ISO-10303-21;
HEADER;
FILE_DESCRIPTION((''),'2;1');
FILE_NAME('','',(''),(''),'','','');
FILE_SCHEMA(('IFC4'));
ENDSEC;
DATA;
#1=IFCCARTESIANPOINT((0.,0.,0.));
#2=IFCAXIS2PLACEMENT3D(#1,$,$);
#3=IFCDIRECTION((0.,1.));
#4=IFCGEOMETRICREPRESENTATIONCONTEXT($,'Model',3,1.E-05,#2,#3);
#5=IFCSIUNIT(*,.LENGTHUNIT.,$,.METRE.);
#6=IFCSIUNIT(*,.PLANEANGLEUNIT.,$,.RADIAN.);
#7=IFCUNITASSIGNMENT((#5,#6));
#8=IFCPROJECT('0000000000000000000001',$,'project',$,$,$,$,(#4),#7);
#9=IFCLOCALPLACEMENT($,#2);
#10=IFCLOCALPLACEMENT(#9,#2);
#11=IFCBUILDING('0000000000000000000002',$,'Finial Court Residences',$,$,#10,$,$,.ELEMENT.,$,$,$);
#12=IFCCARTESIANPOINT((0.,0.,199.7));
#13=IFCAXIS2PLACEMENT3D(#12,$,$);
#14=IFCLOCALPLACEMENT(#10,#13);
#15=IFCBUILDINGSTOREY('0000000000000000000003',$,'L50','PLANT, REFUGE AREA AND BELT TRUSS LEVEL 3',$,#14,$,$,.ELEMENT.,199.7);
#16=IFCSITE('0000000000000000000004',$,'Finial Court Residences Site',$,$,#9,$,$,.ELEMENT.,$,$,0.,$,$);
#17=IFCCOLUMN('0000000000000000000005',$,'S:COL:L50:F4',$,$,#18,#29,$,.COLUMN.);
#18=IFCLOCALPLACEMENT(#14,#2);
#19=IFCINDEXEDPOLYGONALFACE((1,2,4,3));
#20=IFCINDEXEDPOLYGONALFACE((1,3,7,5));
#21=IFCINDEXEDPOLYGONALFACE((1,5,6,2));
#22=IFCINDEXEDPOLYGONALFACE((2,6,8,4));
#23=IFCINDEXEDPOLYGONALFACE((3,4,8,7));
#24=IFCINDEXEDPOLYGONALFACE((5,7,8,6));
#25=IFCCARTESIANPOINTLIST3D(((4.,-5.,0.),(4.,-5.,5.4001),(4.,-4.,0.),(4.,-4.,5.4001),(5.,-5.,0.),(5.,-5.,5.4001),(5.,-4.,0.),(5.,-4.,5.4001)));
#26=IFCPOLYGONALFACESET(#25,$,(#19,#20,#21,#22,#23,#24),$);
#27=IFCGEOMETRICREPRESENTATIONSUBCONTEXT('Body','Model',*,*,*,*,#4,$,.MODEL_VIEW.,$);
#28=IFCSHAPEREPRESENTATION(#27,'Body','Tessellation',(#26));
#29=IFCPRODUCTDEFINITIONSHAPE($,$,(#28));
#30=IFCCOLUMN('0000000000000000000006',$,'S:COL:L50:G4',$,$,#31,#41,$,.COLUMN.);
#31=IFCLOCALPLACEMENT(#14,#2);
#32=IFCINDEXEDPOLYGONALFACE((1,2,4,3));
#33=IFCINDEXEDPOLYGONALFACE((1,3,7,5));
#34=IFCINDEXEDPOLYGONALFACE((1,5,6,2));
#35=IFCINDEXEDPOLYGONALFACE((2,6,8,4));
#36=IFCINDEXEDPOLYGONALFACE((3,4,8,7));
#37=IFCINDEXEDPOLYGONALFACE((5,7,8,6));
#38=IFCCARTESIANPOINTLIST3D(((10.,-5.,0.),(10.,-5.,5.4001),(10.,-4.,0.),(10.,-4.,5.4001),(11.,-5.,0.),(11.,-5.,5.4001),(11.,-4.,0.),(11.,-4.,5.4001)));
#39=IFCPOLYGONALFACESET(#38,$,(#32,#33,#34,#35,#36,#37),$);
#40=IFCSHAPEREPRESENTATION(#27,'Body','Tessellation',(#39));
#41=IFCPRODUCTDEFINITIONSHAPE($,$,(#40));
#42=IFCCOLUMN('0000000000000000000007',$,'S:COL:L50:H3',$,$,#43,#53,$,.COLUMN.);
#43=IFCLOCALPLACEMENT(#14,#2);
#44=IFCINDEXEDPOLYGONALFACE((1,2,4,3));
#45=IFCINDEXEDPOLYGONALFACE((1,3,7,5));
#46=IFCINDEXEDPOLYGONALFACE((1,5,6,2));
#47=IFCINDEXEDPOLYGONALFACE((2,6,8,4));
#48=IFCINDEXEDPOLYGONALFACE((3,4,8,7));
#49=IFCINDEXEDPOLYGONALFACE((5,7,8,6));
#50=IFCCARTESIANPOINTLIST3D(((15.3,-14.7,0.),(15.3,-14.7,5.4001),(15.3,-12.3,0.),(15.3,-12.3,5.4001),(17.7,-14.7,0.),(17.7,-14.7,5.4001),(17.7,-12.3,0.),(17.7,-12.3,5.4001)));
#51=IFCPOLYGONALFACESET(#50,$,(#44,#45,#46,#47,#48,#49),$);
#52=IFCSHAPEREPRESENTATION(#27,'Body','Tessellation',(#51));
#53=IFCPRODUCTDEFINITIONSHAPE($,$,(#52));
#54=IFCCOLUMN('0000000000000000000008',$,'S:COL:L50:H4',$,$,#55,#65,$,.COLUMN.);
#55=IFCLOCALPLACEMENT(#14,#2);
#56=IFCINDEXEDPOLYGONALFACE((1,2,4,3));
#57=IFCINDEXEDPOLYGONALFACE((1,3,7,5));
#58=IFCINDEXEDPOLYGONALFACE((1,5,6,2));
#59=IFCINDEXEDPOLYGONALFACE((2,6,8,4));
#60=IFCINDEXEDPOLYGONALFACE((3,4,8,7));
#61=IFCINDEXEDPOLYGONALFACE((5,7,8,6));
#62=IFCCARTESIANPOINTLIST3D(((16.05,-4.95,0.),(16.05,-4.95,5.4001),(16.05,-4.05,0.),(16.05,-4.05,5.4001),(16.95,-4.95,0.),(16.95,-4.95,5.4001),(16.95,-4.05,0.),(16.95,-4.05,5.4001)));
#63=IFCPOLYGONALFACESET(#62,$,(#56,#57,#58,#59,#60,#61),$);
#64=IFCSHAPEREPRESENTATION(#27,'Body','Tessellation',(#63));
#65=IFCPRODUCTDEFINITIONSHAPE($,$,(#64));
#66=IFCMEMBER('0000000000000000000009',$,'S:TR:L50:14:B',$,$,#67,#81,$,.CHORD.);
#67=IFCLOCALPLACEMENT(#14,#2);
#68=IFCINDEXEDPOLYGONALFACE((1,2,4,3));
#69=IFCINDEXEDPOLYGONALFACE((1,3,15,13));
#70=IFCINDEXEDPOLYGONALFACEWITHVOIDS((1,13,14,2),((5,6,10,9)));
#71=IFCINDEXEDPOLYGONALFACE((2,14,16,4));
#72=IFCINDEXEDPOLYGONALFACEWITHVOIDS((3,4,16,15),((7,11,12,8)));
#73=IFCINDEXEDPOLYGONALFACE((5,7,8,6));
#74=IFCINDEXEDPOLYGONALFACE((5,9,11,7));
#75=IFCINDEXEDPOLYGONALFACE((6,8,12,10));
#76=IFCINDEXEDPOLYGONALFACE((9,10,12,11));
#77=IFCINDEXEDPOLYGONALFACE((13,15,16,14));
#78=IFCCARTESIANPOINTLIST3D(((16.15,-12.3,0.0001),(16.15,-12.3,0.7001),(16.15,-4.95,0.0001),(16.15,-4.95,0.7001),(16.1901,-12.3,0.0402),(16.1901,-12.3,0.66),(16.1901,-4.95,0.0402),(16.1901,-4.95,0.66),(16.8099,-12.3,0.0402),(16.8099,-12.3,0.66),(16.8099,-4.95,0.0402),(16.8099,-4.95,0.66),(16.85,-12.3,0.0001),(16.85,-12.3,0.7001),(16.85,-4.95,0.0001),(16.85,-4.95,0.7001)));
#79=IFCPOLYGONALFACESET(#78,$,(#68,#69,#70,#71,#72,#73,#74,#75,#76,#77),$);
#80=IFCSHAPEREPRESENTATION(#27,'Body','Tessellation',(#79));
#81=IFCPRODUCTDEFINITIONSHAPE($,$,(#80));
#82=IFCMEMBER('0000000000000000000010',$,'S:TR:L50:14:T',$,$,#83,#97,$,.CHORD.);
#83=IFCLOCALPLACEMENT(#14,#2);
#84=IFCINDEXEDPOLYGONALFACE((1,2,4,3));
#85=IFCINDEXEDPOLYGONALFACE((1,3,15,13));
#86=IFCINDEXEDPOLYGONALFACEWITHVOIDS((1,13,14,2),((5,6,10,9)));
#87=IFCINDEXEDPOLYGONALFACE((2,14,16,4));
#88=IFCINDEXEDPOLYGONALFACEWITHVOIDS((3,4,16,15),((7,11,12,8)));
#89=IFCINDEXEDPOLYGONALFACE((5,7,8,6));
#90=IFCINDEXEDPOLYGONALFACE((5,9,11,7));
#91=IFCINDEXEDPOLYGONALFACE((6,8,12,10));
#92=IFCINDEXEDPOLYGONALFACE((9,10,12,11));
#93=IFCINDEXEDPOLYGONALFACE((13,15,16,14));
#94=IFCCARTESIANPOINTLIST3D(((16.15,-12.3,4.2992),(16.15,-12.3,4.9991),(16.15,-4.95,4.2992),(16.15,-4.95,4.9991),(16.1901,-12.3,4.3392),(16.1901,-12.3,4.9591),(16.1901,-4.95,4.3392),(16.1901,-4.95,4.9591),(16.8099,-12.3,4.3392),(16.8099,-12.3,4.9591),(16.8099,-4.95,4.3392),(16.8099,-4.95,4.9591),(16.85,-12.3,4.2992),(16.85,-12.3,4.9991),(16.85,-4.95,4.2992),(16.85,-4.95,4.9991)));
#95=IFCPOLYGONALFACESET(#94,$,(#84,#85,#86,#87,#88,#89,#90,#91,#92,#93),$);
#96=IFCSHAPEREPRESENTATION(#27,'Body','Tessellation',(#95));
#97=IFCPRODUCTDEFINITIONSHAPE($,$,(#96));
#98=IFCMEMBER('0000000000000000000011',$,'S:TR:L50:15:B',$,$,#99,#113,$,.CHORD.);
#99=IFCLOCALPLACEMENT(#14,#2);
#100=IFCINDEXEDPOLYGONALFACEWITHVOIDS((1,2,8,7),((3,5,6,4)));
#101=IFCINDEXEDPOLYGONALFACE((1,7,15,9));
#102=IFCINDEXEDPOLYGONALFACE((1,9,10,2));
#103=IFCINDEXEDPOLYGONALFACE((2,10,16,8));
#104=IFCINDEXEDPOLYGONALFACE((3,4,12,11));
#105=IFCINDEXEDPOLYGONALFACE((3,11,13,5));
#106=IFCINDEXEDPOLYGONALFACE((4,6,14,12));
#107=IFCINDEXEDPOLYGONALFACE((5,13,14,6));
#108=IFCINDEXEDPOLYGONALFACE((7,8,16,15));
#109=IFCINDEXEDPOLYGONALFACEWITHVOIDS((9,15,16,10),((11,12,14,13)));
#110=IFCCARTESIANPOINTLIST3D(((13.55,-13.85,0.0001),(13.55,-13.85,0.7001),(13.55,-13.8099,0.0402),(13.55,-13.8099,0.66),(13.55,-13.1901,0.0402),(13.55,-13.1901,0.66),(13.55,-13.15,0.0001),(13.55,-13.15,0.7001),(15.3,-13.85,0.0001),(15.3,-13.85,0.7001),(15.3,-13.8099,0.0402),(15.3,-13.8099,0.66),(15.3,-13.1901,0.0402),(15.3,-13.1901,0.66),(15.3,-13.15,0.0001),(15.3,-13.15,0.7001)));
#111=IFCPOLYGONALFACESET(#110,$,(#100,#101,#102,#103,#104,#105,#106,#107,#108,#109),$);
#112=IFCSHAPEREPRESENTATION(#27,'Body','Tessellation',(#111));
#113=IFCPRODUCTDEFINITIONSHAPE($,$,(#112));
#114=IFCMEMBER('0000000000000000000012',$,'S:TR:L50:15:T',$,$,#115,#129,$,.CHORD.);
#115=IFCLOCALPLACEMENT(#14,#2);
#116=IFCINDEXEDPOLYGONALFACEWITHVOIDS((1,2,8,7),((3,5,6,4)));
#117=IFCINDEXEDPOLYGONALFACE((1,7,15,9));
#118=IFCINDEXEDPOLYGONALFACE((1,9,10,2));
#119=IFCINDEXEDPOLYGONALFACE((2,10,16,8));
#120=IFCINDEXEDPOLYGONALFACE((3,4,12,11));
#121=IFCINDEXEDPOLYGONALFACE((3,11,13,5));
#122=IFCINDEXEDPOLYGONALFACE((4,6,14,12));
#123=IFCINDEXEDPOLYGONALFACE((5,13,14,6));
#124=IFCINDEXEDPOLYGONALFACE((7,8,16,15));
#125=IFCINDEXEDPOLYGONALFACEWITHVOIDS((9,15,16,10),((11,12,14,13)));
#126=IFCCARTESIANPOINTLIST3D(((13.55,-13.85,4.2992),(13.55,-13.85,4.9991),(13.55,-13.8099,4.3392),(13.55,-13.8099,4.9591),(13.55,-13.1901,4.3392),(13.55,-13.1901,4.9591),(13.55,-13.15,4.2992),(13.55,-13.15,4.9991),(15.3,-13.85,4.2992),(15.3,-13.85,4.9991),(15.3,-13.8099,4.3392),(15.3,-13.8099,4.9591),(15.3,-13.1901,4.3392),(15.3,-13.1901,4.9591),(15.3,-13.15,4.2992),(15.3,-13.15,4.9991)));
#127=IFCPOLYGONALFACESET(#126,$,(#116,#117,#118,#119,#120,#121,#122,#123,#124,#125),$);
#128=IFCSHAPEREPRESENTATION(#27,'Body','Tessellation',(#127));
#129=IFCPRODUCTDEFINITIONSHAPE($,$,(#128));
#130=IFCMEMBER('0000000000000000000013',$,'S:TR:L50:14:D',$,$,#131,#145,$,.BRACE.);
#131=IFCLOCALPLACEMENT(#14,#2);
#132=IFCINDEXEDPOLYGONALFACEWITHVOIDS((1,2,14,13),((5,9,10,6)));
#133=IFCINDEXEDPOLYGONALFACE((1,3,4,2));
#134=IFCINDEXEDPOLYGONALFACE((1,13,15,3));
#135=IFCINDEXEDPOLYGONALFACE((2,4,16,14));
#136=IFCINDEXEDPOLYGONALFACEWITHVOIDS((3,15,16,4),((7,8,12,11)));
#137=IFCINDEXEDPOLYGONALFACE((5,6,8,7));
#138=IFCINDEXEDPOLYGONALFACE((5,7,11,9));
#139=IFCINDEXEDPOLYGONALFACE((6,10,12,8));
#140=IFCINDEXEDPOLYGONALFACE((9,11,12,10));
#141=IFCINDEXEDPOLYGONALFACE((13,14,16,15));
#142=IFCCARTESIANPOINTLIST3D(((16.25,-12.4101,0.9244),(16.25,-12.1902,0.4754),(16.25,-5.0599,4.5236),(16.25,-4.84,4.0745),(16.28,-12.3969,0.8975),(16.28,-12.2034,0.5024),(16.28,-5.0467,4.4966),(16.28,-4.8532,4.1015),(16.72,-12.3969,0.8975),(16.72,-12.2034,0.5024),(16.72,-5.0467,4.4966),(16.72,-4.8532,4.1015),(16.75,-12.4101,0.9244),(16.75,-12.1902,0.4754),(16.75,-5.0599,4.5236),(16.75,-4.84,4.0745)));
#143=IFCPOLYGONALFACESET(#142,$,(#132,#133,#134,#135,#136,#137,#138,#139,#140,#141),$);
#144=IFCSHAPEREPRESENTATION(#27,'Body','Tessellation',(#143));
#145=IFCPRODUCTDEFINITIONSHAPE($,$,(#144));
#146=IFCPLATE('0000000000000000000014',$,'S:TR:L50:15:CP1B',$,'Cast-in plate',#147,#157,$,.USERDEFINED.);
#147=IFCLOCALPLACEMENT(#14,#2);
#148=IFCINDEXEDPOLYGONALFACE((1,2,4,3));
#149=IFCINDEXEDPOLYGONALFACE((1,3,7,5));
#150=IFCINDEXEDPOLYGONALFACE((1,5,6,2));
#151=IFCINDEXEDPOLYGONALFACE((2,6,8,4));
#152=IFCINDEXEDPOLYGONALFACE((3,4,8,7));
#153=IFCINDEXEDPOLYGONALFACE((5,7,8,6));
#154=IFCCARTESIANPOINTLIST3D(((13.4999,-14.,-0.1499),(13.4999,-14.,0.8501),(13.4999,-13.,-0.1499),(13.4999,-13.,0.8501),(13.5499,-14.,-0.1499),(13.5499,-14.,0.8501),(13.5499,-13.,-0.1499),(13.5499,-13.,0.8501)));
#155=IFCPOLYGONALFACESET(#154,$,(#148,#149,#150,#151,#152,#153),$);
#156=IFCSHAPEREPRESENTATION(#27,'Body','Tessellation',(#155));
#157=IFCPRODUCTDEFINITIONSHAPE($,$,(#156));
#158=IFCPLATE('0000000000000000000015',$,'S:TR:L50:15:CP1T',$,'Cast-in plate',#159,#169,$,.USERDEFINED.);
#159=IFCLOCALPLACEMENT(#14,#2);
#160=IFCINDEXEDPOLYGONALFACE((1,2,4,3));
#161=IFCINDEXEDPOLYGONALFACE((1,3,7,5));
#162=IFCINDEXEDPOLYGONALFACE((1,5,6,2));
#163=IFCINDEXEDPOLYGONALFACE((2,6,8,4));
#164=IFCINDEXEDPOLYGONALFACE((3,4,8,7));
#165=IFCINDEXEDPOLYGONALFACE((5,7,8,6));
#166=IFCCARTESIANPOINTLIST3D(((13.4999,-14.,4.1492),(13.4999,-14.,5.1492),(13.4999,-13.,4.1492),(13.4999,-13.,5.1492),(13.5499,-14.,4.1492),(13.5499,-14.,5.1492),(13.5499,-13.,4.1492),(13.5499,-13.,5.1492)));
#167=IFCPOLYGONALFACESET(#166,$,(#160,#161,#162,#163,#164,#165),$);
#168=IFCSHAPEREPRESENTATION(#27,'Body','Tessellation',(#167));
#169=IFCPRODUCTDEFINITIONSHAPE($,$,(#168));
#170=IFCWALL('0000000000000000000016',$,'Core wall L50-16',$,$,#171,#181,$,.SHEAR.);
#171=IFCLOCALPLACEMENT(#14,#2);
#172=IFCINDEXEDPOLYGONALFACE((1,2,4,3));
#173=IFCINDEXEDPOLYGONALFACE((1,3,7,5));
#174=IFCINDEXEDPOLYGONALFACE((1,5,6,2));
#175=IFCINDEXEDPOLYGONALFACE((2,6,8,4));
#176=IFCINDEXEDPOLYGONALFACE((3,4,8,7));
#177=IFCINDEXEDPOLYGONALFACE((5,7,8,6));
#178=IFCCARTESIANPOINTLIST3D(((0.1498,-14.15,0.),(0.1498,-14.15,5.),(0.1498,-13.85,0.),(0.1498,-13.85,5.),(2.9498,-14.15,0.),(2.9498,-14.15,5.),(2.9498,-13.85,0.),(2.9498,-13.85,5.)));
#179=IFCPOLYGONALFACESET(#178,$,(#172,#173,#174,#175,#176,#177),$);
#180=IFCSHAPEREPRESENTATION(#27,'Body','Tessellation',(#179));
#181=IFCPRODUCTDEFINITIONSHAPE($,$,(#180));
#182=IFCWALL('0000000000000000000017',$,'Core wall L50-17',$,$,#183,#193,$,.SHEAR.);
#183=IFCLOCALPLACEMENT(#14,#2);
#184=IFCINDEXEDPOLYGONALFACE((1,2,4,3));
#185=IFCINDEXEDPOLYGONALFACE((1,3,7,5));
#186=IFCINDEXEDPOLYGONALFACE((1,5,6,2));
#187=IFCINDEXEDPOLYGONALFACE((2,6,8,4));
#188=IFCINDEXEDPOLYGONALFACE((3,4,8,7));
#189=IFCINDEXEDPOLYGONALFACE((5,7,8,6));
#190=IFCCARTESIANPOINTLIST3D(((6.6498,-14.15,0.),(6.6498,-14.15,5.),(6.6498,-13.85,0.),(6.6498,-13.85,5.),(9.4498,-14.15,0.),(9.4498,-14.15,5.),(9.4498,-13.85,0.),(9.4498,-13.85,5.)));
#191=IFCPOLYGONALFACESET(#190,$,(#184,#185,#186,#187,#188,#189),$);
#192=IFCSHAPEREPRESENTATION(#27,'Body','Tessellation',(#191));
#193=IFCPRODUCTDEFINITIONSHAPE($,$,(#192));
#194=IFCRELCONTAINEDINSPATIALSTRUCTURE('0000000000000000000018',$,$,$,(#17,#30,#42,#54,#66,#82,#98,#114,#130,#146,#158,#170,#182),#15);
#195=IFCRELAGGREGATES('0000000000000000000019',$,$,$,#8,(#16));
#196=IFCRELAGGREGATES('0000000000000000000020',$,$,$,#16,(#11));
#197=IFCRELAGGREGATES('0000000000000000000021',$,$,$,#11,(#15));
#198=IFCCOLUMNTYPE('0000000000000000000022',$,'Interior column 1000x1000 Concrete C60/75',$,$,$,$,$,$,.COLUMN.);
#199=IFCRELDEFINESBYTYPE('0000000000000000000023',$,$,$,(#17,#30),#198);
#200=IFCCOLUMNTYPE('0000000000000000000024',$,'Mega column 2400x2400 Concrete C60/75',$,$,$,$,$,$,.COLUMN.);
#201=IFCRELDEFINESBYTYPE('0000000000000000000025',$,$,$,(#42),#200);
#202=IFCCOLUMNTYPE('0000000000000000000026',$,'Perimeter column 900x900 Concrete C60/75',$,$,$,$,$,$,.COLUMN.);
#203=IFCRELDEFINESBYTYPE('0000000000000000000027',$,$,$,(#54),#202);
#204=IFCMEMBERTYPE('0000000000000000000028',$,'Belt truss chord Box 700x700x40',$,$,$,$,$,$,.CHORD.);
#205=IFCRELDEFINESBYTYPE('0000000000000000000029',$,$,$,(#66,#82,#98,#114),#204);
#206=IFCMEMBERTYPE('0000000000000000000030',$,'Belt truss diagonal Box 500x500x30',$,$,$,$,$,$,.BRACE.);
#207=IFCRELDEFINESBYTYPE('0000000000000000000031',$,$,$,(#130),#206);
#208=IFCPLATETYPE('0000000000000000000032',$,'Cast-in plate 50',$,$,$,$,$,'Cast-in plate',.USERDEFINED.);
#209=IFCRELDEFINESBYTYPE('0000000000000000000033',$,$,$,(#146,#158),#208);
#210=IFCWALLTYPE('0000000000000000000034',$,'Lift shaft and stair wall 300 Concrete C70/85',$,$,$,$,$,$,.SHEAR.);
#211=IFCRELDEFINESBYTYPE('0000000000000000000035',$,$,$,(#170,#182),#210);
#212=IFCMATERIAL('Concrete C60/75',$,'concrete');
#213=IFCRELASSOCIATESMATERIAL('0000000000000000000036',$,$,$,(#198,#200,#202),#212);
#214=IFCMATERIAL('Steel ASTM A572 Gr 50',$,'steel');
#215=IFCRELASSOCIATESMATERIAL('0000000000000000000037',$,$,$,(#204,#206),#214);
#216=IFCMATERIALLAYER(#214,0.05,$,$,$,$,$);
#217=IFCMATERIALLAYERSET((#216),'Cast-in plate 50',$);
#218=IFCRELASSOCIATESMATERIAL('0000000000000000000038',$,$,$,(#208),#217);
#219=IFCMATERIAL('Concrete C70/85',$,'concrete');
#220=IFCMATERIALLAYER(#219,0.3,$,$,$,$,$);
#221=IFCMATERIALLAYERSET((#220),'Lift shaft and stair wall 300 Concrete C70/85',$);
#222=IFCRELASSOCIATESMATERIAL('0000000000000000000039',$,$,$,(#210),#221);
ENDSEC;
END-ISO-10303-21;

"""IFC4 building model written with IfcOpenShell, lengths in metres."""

from ifc_helpers import new_model, si_unit, direction, frame, frame_2d, origin, origin_2d, place, context, subcontext, project, spatial, rectangle, hollow_rectangle, extrude, material, layer, layer_set, material_profile, profile_set, type_object, element, save


model = new_model("IFC4")

# Units and contexts
model_context = context("Model", 3, precision=1e-05, world=origin(), true_north=direction((0.0, 1.0)))
body_context = subcontext(model_context, "Body", "Model", "MODEL_VIEW")
ifc_project = project(units=[si_unit("LENGTHUNIT", "METRE"), si_unit("PLANEANGLEUNIT", "RADIAN")], contexts=[model_context])

# Site, building, storey
site_placement = place(None, origin())
site = spatial("IfcSite", under=ifc_project, at=site_placement, Name="Finial Court Residences Site", CompositionType="ELEMENT", RefElevation=0.0)
building_placement = place(site_placement, origin())
building = spatial("IfcBuilding", under=site, at=building_placement, Name="Finial Court Residences", CompositionType="ELEMENT")
storey_placement = place(building_placement, frame((0.0, 0.0, 199.7)))
storey = spatial("IfcBuildingStorey", under=building, at=storey_placement, Name="L50", Description="PLANT, REFUGE AREA AND BELT TRUSS LEVEL 3", CompositionType="ELEMENT", Elevation=199.7)

# Columns
ifc_material_1 = material(Name="Concrete C60/75", Category="concrete")
ifc_material_profile_1 = material_profile(ifc_material_1, rectangle(XDim=1.0, YDim=1.0, at=origin_2d()), Name="1000x1000")
ifc_profile_set_1 = profile_set([ifc_material_profile_1], Name="Concrete C60/75")
column_type_1 = type_object("IfcColumnType", Name="Interior column 1000x1000 Concrete C60/75", PredefinedType="COLUMN", material=ifc_profile_set_1)
for number, where, z_axis, x_axis, name in (
    (1, (4.5, -4.5, 0.0), (0.0, 0.0, 1.0), (1.0, 0.0, 0.0), "S:COL:L50:F4"),
    (2, (10.5, -4.5, 0.0), (0.0, 0.0, 1.0), (1.0, 0.0, 0.0), "S:COL:L50:G4"),
):
    element("IfcColumn", number, at=place(storey_placement, frame(where, z_axis=z_axis, x_axis=x_axis)), inside=storey, type_object=column_type_1, Name=name, PredefinedType="COLUMN", context=body_context, shape_type="SweptSolid", body=[
        extrude(rectangle(XDim=1.0, YDim=1.0, at=origin_2d()), origin(), (0.0, 0.0, 1.0), 5.4001),
    ])
ifc_material_profile_2 = material_profile(ifc_material_1, rectangle(XDim=2.3999, YDim=2.3999, at=origin_2d()), Name="2400x2400")
ifc_profile_set_2 = profile_set([ifc_material_profile_2], Name="Concrete C60/75")
column_type_2 = type_object("IfcColumnType", Name="Mega column 2400x2400 Concrete C60/75", PredefinedType="COLUMN", material=ifc_profile_set_2)
column_1_placement = place(storey_placement, frame((16.5, -13.5, 0.0), z_axis=(0.0, 0.0, 1.0), x_axis=(1.0, 0.0, 0.0)))
element("IfcColumn", 3, at=column_1_placement, inside=storey, type_object=column_type_2, Name="S:COL:L50:H3", PredefinedType="COLUMN", context=body_context, shape_type="SweptSolid", body=[
    extrude(rectangle(XDim=2.3999, YDim=2.3999, at=origin_2d()), origin(), (0.0, 0.0, 1.0), 5.4001),
])
ifc_material_profile_3 = material_profile(ifc_material_1, rectangle(XDim=0.8999, YDim=0.8999, at=origin_2d()), Name="900x900")
ifc_profile_set_3 = profile_set([ifc_material_profile_3], Name="Concrete C60/75")
column_type_3 = type_object("IfcColumnType", Name="Perimeter column 900x900 Concrete C60/75", PredefinedType="COLUMN", material=ifc_profile_set_3)
column_2_placement = place(storey_placement, frame((16.5, -4.5, 0.0), z_axis=(0.0, 0.0, 1.0), x_axis=(1.0, 0.0, 0.0)))
element("IfcColumn", 4, at=column_2_placement, inside=storey, type_object=column_type_3, Name="S:COL:L50:H4", PredefinedType="COLUMN", context=body_context, shape_type="SweptSolid", body=[
    extrude(rectangle(XDim=0.8999, YDim=0.8999, at=origin_2d()), origin(), (0.0, 0.0, 1.0), 5.4001),
])

# Members
ifc_material_2 = material(Name="Steel ASTM A572 Gr 50", Category="steel")
ifc_material_profile_4 = material_profile(ifc_material_2, hollow_rectangle(XDim=0.7, YDim=0.7, WallThickness=0.04, at=origin_2d()), Name="Box 700x700x40")
ifc_profile_set_4 = profile_set([ifc_material_profile_4], Name="Steel ASTM A572 Gr 50")
member_type_1 = type_object("IfcMemberType", Name="Belt truss chord Box 700x700x40", PredefinedType="CHORD", material=ifc_profile_set_4)
for number, where, z_axis, x_axis, name in (
    (5, (16.5, -4.95, 0.3501), (0.0, -1.0, 0.0), (1.0, 0.0, 0.0), "S:TR:L50:14:B"),
    (6, (16.5, -4.95, 4.6492), (0.0, -1.0, 0.0), (1.0, 0.0, 0.0), "S:TR:L50:14:T"),
):
    element("IfcMember", number, at=place(storey_placement, frame(where, z_axis=z_axis, x_axis=x_axis)), inside=storey, type_object=member_type_1, Name=name, PredefinedType="CHORD", context=body_context, shape_type="SweptSolid", body=[
        extrude(hollow_rectangle(XDim=0.7, YDim=0.7, WallThickness=0.04, at=origin_2d()), origin(), (0.0, 0.0, 1.0), 7.3501),
    ])
for number, where, z_axis, x_axis, name in (
    (7, (15.3, -13.5, 0.3501), (-1.0, 0.0, 0.0), (0.0, -1.0, 0.0), "S:TR:L50:15:B"),
    (8, (15.3, -13.5, 4.6492), (-1.0, 0.0, 0.0), (0.0, -1.0, 0.0), "S:TR:L50:15:T"),
):
    element("IfcMember", number, at=place(storey_placement, frame(where, z_axis=z_axis, x_axis=x_axis)), inside=storey, type_object=member_type_1, Name=name, PredefinedType="CHORD", context=body_context, shape_type="SweptSolid", body=[
        extrude(hollow_rectangle(XDim=0.7, YDim=0.7, WallThickness=0.04, at=origin_2d()), origin(), (0.0, 0.0, 1.0), 1.75),
    ])
ifc_material_profile_5 = material_profile(ifc_material_2, hollow_rectangle(XDim=0.5, YDim=0.5, WallThickness=0.03, at=origin_2d()), Name="Box 500x500x30")
ifc_profile_set_5 = profile_set([ifc_material_profile_5], Name="Steel ASTM A572 Gr 50")
member_type_2 = type_object("IfcMemberType", Name="Belt truss diagonal Box 500x500x30", PredefinedType="BRACE", material=ifc_profile_set_5)
member_placement = place(storey_placement, frame((16.5, -4.95, 4.2991), z_axis=(0.0, -0.898107, -0.439776), x_axis=(1.0, 0.0, 0.0)))
element("IfcMember", 9, at=member_placement, inside=storey, type_object=member_type_2, Name="S:TR:L50:14:D", PredefinedType="BRACE", context=body_context, shape_type="SweptSolid", body=[
    extrude(hollow_rectangle(XDim=0.5, YDim=0.5, WallThickness=0.03, at=origin_2d()), origin(), (0.0, 0.0, 1.0), 8.1841),
])

# Plates
ifc_layer_1 = layer(ifc_material_2, 0.05)
ifc_layer_set_1 = layer_set([ifc_layer_1], Name="Cast-in plate 50")
plate_type = type_object("IfcPlateType", Name="Cast-in plate 50", ElementType="Cast-in plate", PredefinedType="USERDEFINED", material=ifc_layer_set_1)
for number, where, z_axis, x_axis, name in (
    (10, (13.5249, -13.5, -0.1499), (0.0, 0.0, 1.0), (1.0, 0.0, 0.0), "S:TR:L50:15:CP1B"),
    (11, (13.5249, -13.5, 4.1492), (0.0, 0.0, 1.0), (1.0, 0.0, 0.0), "S:TR:L50:15:CP1T"),
):
    element("IfcPlate", number, at=place(storey_placement, frame(where, z_axis=z_axis, x_axis=x_axis)), inside=storey, type_object=plate_type, Name=name, ObjectType="Cast-in plate", PredefinedType="USERDEFINED", context=body_context, shape_type="SweptSolid", body=[
        extrude(rectangle(XDim=0.05, YDim=1.0, at=origin_2d()), origin(), (0.0, 0.0, 1.0), 1.0),
    ])

# Walls
ifc_material_3 = material(Name="Concrete C70/85", Category="concrete")
ifc_layer_2 = layer(ifc_material_3, 0.3)
ifc_layer_set_2 = layer_set([ifc_layer_2], Name="Lift shaft and stair wall 300 Concrete C70/85")
wall_type_1 = type_object("IfcWallType", Name="Lift shaft and stair wall 300 Concrete C70/85", PredefinedType="SHEAR", material=ifc_layer_set_2)
for number, where, z_axis, x_axis, name in (
    (12, (0.1499, -14.0, 0.0), (0.0, 0.0, 1.0), (1.0, 0.0, 0.0), "Core wall L50-16"),
    (13, (6.6499, -14.0, 0.0), (0.0, 0.0, 1.0), (1.0, 0.0, 0.0), "Core wall L50-17"),
):
    element("IfcWall", number, at=place(storey_placement, frame(where, z_axis=z_axis, x_axis=x_axis)), inside=storey, type_object=wall_type_1, Name=name, PredefinedType="SHEAR", context=body_context, shape_type="SweptSolid", body=[
        extrude(rectangle(XDim=2.8, YDim=0.3, at=frame_2d((1.3999, 0.0))), origin(), (0.0, 0.0, 1.0), 5.0),
    ])

save(model, "model.ifc")
